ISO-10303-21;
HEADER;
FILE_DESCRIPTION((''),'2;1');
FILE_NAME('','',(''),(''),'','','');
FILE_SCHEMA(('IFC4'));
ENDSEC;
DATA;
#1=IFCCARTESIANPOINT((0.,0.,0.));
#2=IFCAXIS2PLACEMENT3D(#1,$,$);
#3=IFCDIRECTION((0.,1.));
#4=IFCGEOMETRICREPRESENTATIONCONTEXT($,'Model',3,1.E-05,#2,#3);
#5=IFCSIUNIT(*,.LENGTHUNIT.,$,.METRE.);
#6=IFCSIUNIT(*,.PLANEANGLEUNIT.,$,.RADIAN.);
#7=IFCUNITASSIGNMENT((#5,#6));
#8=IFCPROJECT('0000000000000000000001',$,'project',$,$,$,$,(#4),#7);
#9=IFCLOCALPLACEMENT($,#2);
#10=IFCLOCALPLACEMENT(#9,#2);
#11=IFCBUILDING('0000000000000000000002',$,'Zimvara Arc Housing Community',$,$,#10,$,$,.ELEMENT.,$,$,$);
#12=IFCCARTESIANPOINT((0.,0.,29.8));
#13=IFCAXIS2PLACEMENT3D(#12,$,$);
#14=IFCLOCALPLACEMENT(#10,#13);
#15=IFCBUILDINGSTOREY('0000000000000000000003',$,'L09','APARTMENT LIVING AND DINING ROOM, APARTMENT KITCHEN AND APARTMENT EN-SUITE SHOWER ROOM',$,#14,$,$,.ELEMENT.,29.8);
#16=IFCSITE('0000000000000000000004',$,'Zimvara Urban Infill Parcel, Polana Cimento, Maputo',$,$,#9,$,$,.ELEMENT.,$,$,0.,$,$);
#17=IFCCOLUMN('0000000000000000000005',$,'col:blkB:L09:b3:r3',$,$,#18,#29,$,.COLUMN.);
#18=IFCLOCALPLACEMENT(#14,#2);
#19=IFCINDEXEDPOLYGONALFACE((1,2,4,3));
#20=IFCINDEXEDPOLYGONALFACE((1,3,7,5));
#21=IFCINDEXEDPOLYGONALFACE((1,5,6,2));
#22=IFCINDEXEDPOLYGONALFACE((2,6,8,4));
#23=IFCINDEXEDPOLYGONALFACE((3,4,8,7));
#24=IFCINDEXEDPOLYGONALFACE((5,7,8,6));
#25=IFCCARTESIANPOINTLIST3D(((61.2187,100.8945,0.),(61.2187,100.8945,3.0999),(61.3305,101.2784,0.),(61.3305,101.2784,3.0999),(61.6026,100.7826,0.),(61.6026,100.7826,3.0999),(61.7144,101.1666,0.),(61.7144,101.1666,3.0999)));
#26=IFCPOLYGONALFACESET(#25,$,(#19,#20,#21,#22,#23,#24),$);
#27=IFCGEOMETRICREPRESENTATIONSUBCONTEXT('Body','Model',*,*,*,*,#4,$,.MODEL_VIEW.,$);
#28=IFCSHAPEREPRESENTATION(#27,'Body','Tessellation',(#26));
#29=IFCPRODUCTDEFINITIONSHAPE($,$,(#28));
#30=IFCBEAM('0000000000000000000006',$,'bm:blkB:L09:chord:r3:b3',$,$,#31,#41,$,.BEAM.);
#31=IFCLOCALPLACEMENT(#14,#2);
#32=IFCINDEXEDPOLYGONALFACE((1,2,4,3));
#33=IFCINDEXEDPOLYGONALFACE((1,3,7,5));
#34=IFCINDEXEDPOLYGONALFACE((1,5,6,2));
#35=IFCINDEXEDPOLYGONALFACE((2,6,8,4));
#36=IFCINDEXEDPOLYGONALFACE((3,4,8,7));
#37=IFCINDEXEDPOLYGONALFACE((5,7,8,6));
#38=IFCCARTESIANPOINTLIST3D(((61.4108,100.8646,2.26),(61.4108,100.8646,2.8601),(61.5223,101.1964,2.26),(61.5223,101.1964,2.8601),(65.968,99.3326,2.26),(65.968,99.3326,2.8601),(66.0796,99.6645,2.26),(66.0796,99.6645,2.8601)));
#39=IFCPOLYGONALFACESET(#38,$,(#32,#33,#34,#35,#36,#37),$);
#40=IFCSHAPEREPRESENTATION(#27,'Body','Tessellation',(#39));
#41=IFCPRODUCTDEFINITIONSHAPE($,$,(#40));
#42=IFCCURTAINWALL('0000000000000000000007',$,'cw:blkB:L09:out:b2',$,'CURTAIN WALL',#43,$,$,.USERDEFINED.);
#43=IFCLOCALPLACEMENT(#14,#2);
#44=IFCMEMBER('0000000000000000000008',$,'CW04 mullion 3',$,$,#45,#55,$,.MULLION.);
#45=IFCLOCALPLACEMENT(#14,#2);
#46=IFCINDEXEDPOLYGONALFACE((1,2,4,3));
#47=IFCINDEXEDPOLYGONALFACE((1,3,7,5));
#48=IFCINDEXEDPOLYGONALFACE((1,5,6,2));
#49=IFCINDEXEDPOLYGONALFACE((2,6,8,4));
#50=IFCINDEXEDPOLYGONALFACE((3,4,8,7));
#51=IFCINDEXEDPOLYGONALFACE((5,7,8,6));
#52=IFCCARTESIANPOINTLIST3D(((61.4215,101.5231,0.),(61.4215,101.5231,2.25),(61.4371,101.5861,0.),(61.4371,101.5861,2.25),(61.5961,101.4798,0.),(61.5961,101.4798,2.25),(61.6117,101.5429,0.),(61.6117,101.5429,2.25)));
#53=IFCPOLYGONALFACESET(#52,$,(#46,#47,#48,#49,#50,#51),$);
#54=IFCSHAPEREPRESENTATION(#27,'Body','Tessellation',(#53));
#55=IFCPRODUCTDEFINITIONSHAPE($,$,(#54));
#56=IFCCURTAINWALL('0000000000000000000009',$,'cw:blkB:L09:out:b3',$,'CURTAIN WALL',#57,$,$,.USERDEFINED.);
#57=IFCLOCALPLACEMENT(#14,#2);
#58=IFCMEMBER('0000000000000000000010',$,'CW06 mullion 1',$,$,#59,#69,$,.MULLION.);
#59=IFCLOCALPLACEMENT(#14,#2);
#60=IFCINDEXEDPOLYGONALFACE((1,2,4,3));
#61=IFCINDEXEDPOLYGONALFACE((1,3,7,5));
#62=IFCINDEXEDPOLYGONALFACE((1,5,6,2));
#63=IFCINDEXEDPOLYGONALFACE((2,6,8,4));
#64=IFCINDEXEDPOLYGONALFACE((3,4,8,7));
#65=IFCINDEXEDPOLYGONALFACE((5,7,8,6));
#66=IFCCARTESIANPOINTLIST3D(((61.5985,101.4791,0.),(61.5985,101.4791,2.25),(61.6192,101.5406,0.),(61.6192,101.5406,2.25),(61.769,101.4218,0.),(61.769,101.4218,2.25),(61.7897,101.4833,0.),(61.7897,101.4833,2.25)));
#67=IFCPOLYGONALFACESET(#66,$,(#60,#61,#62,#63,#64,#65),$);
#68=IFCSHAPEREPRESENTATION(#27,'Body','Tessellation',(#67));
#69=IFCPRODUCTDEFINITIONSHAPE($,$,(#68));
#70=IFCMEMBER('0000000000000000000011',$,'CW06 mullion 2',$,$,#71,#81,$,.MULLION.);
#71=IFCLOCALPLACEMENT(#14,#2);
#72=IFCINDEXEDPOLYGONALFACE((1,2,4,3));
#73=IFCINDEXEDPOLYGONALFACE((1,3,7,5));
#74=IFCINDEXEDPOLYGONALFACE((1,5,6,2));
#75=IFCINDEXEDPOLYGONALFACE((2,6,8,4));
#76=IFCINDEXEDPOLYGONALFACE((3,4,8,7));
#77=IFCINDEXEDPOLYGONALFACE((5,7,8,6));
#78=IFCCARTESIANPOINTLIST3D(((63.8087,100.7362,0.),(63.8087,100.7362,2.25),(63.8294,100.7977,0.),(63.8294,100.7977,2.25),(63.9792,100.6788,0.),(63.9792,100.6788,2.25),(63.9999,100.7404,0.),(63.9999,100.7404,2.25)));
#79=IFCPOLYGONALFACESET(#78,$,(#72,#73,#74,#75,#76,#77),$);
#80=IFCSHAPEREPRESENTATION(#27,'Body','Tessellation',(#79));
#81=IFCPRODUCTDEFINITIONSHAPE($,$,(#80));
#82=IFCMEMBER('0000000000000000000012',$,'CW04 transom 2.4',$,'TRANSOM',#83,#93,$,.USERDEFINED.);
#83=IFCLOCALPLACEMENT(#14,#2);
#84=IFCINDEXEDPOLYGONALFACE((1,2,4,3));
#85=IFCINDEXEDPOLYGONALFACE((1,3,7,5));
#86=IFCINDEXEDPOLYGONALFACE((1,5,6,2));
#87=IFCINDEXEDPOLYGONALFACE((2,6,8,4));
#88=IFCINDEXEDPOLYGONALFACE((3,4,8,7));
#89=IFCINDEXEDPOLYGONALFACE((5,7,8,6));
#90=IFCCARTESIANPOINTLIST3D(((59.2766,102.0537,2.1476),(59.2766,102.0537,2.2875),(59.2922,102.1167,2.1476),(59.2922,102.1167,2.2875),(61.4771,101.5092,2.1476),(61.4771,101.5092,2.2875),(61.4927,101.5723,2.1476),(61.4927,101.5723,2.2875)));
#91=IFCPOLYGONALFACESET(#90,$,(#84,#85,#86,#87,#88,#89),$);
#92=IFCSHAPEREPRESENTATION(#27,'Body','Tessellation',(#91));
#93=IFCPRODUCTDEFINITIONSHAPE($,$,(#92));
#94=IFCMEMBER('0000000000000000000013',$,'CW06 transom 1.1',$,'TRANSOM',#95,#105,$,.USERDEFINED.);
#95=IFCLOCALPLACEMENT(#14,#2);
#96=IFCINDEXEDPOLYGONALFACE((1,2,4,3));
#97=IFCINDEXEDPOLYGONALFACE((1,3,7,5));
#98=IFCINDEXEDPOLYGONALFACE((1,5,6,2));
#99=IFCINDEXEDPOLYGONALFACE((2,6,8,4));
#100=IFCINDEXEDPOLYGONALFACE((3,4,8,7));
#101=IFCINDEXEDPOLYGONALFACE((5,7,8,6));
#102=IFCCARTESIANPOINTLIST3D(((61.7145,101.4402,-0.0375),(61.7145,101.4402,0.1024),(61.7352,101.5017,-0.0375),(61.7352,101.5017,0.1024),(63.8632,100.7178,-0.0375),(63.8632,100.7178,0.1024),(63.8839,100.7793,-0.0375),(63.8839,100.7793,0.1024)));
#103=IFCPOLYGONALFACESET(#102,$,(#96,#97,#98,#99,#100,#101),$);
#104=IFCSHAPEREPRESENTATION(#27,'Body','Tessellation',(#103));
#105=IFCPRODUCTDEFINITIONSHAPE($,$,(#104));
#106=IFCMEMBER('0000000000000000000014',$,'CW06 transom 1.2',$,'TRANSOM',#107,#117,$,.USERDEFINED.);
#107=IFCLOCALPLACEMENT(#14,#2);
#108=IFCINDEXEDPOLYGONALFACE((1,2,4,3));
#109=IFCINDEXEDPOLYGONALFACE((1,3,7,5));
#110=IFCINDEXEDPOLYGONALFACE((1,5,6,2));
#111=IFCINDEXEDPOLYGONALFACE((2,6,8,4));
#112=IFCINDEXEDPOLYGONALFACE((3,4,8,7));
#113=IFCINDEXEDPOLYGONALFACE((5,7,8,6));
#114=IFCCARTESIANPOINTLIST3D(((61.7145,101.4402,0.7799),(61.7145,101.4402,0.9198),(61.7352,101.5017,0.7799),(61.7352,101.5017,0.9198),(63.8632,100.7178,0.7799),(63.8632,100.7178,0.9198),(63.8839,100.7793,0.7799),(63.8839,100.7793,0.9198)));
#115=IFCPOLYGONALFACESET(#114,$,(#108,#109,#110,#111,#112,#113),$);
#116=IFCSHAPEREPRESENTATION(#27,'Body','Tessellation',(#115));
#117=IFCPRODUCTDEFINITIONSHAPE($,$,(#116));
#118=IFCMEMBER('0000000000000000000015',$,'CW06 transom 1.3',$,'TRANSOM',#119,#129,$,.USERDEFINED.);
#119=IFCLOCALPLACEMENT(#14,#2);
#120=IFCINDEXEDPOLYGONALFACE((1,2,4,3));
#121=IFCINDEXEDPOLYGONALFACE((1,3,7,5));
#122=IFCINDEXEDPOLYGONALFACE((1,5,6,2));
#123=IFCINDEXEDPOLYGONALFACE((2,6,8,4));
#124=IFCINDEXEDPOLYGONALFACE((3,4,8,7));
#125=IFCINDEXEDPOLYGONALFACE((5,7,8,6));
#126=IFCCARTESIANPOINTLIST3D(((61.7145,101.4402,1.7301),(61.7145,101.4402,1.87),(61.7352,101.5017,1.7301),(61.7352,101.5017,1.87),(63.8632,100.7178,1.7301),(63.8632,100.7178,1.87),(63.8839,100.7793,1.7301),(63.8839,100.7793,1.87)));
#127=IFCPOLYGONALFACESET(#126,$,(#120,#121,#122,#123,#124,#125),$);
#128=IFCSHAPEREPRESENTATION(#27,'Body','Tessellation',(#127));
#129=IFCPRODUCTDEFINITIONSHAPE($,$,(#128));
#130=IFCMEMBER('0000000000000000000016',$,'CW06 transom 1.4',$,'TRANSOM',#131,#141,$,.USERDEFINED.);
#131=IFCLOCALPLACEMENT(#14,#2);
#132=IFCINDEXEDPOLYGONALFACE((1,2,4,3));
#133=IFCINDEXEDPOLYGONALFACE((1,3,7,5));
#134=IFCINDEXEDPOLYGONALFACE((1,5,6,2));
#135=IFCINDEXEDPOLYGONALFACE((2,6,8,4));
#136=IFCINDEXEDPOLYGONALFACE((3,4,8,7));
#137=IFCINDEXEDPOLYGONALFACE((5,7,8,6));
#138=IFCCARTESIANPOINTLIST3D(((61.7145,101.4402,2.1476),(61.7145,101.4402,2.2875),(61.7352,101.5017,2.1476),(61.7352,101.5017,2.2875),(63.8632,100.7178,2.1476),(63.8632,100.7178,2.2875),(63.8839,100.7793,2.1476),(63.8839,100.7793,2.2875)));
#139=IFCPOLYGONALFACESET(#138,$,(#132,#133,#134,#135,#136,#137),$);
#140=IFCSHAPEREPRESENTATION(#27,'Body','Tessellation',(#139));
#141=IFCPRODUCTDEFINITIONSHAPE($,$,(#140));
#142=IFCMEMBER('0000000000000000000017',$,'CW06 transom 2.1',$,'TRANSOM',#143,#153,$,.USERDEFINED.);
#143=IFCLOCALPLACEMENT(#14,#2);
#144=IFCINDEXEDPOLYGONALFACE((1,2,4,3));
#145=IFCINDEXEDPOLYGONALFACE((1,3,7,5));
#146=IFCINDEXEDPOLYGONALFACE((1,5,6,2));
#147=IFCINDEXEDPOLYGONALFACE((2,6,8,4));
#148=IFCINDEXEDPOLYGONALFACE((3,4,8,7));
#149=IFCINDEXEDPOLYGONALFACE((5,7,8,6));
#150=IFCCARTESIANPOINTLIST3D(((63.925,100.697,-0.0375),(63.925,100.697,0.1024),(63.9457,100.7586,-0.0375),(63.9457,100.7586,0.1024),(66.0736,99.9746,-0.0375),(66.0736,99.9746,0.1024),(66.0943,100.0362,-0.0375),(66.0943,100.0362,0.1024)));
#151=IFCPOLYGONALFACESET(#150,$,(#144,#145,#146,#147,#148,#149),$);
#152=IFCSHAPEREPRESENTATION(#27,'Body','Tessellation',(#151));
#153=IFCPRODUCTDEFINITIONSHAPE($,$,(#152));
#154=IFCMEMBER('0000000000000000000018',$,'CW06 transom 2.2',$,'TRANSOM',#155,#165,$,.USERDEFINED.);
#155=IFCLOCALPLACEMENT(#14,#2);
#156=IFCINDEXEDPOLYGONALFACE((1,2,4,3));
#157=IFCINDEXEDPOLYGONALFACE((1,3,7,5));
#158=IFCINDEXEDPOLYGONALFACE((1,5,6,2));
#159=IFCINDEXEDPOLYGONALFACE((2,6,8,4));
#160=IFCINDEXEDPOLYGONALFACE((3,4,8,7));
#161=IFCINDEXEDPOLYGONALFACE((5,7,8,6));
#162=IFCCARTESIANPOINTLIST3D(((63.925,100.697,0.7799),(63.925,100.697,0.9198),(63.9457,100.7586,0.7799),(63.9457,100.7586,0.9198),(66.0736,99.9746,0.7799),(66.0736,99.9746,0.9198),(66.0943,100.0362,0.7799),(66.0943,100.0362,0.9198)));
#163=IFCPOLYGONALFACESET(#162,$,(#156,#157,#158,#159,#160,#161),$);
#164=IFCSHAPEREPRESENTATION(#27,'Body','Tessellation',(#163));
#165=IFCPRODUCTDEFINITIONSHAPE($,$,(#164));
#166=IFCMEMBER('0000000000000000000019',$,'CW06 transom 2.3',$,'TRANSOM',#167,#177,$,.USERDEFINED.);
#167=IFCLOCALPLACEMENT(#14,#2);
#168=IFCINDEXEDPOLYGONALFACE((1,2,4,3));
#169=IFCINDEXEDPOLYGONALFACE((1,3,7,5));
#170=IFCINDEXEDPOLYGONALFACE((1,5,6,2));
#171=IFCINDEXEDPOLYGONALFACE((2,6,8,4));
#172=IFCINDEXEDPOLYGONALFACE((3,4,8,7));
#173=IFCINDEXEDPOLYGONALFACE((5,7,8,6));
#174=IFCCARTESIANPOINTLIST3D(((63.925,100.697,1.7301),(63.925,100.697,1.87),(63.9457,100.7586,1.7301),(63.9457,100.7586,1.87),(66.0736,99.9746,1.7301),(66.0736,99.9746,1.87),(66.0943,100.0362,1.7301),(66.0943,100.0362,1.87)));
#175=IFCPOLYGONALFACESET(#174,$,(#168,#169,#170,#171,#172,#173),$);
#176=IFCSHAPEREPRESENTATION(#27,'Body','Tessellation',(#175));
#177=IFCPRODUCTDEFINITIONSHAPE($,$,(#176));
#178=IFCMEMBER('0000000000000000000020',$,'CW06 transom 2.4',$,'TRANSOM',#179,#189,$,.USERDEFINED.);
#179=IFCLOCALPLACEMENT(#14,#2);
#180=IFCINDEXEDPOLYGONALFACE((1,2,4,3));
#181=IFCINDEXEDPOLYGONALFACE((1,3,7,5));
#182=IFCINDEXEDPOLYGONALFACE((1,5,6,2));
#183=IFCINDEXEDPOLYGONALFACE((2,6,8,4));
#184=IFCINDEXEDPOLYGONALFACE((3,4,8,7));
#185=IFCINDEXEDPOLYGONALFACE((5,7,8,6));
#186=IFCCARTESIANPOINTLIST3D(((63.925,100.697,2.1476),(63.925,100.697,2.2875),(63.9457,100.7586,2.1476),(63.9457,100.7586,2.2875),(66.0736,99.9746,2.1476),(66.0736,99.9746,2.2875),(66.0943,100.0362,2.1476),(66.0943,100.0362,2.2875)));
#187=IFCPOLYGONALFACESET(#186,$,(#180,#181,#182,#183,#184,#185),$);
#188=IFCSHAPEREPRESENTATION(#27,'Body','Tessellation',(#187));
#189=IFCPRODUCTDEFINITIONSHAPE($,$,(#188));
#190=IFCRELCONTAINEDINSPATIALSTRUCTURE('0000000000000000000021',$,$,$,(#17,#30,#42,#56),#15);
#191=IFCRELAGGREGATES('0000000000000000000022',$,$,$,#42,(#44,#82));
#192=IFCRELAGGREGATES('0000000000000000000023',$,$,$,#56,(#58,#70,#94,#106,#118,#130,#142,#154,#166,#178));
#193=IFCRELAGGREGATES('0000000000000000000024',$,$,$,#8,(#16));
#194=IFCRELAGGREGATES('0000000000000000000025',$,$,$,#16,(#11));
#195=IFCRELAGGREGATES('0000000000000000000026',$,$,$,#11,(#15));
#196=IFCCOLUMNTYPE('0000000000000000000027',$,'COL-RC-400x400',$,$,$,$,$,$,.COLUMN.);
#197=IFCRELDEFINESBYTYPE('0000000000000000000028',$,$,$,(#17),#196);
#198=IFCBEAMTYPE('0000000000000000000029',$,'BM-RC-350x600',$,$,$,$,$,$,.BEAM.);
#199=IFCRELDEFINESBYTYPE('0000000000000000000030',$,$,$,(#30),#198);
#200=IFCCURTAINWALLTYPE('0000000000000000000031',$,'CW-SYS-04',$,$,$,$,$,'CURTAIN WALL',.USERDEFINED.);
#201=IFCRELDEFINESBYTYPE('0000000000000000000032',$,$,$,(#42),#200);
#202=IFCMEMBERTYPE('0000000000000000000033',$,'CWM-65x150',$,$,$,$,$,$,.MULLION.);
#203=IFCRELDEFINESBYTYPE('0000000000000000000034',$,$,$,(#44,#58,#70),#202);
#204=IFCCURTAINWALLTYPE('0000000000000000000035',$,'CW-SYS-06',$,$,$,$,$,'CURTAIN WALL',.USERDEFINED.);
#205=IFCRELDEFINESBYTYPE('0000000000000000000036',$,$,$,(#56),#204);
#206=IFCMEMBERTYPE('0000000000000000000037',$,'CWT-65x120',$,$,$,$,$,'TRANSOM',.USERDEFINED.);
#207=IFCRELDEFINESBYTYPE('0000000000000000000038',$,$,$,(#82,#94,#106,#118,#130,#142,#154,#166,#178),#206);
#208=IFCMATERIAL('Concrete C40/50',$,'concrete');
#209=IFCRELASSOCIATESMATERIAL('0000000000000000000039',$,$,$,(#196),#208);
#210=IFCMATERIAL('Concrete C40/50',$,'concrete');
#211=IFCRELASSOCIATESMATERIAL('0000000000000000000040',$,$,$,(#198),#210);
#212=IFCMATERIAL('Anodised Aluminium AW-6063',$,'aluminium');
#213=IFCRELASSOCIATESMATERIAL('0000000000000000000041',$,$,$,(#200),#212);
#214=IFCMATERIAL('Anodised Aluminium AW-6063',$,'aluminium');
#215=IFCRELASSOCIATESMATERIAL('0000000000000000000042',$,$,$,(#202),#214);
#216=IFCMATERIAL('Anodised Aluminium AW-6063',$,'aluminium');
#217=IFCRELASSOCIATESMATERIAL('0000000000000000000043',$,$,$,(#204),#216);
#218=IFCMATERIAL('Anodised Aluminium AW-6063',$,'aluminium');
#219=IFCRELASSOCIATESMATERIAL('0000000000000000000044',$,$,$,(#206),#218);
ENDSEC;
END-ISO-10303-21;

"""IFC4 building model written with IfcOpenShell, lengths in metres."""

from ifc_helpers import new_model, si_unit, direction, frame, origin, origin_2d, place, context, subcontext, project, spatial, rectangle, extrude, material, material_profile, profile_set, type_object, element, aggregate, save


model = new_model("IFC4")

# Units and contexts
model_context = context("Model", 3, precision=1e-05, world=origin(), true_north=direction((0.0, 1.0)))
body_context = subcontext(model_context, "Body", "Model", "MODEL_VIEW")
ifc_project = project(units=[si_unit("LENGTHUNIT", "METRE"), si_unit("PLANEANGLEUNIT", "RADIAN")], contexts=[model_context])

# Site, building, storey
site_placement = place(None, origin())
site = spatial("IfcSite", under=ifc_project, at=site_placement, Name="Zimvara Urban Infill Parcel, Polana Cimento, Maputo", CompositionType="ELEMENT", RefElevation=0.0)
building_placement = place(site_placement, origin())
building = spatial("IfcBuilding", under=site, at=building_placement, Name="Zimvara Arc Housing Community", CompositionType="ELEMENT")
storey_placement = place(building_placement, frame((0.0, 0.0, 29.8)))
storey = spatial("IfcBuildingStorey", under=building, at=storey_placement, Name="L09", Description="APARTMENT LIVING AND DINING ROOM, APARTMENT KITCHEN AND APARTMENT EN-SUITE SHOWER ROOM", CompositionType="ELEMENT", Elevation=29.8)

# Column
ifc_material_1 = material(Name="Concrete C40/50", Category="concrete")
ifc_material_profile_1 = material_profile(ifc_material_1, rectangle(XDim=0.3999, YDim=0.3999, at=origin_2d()), Name="RC 400x400")
ifc_profile_set_1 = profile_set([ifc_material_profile_1], Name="Concrete C40/50")
column_type = type_object("IfcColumnType", Name="COL-RC-400x400", PredefinedType="COLUMN", material=ifc_profile_set_1)
column_placement = place(storey_placement, frame((61.4666, 101.0305, 0.0), z_axis=(0.0, 0.0, 1.0), x_axis=(0.279661, 0.960099, 0.0)))
element("IfcColumn", 1, at=column_placement, inside=storey, type_object=column_type, Name="col:blkB:L09:b3:r3", PredefinedType="COLUMN", context=body_context, shape_type="SweptSolid", body=[
    extrude(rectangle(XDim=0.3999, YDim=0.3999, at=origin_2d()), origin(), (0.0, 0.0, 1.0), 3.0999),
])

# Beam
ifc_material_2 = material(Name="Concrete C40/50", Category="concrete")
ifc_material_profile_2 = material_profile(ifc_material_2, rectangle(XDim=0.3501, YDim=0.6001, at=origin_2d()), Name="RC 350x600")
ifc_profile_set_2 = profile_set([ifc_material_profile_2], Name="Concrete C40/50")
beam_type = type_object("IfcBeamType", Name="BM-RC-350x600", PredefinedType="BEAM", material=ifc_profile_set_2)
beam_placement = place(storey_placement, frame((61.4666, 101.0305, 2.5601), z_axis=(0.947878, -0.318634, 0.0), x_axis=(0.318634, 0.947878, 0.0)))
element("IfcBeam", 2, at=beam_placement, inside=storey, type_object=beam_type, Name="bm:blkB:L09:chord:r3:b3", PredefinedType="BEAM", context=body_context, shape_type="SweptSolid", body=[
    extrude(rectangle(XDim=0.3501, YDim=0.6001, at=origin_2d()), origin(), (0.0, 0.0, 1.0), 4.8079),
])

# Curtain wall, member
ifc_material_3 = material(Name="Anodised Aluminium AW-6063", Category="aluminium")
curtain_wall_type_1 = type_object("IfcCurtainWallType", Name="CW-SYS-04", ElementType="CURTAIN WALL", PredefinedType="USERDEFINED", material=ifc_material_3)
curtain_wall_1_placement = place(storey_placement, origin())
curtain_wall_1 = element("IfcCurtainWall", 3, at=curtain_wall_1_placement, inside=storey, type_object=curtain_wall_type_1, Name="cw:blkB:L09:out:b2", ObjectType="CURTAIN WALL", PredefinedType="USERDEFINED")
ifc_material_4 = material(Name="Anodised Aluminium AW-6063", Category="aluminium")
ifc_material_profile_3 = material_profile(ifc_material_4, rectangle(XDim=0.0649, YDim=0.1799, at=origin_2d()), Name="ALU 65x180")
ifc_profile_set_3 = profile_set([ifc_material_profile_3], Name="Anodised Aluminium AW-6063")
member_type_1 = type_object("IfcMemberType", Name="CWM-65x150", PredefinedType="MULLION", material=ifc_profile_set_3)
member_1_placement = place(storey_placement, frame((61.5166, 101.533, 0.0), z_axis=(0.0, 0.0, 1.0), x_axis=(0.24023, 0.970716, 0.0)))
member_1 = element("IfcMember", 4, at=member_1_placement, type_object=member_type_1, Name="CW04 mullion 3", PredefinedType="MULLION", context=body_context, shape_type="SweptSolid", body=[
    extrude(rectangle(XDim=0.0649, YDim=0.1799, at=origin_2d()), origin(), (0.0, 0.0, 1.0), 2.25),
])

# Curtain wall, members
ifc_material_5 = material(Name="Anodised Aluminium AW-6063", Category="aluminium")
curtain_wall_type_2 = type_object("IfcCurtainWallType", Name="CW-SYS-06", ElementType="CURTAIN WALL", PredefinedType="USERDEFINED", material=ifc_material_5)
curtain_wall_2_placement = place(storey_placement, origin())
curtain_wall_2 = element("IfcCurtainWall", 5, at=curtain_wall_2_placement, inside=storey, type_object=curtain_wall_type_2, Name="cw:blkB:L09:out:b3", ObjectType="CURTAIN WALL", PredefinedType="USERDEFINED")
member_2_placement = place(storey_placement, frame((61.6941, 101.4812, 0.0), z_axis=(0.0, 0.0, 1.0), x_axis=(0.318629, 0.94788, 0.0)))
member_2 = element("IfcMember", 6, at=member_2_placement, type_object=member_type_1, Name="CW06 mullion 1", PredefinedType="MULLION", context=body_context, shape_type="SweptSolid", body=[
    extrude(rectangle(XDim=0.0649, YDim=0.1799, at=origin_2d()), origin(), (0.0, 0.0, 1.0), 2.25),
])
member_3_placement = place(storey_placement, frame((63.9043, 100.7383, 0.0), z_axis=(0.0, 0.0, 1.0), x_axis=(0.318629, 0.94788, 0.0)))
member_3 = element("IfcMember", 7, at=member_3_placement, type_object=member_type_1, Name="CW06 mullion 2", PredefinedType="MULLION", context=body_context, shape_type="SweptSolid", body=[
    extrude(rectangle(XDim=0.0649, YDim=0.1799, at=origin_2d()), origin(), (0.0, 0.0, 1.0), 2.25),
])

# Members
ifc_material_6 = material(Name="Anodised Aluminium AW-6063", Category="aluminium")
ifc_material_profile_4 = material_profile(ifc_material_6, rectangle(XDim=0.0649, YDim=0.1399, at=origin_2d()), Name="ALU 65x140")
ifc_profile_set_4 = profile_set([ifc_material_profile_4], Name="Anodised Aluminium AW-6063")
member_type_2 = type_object("IfcMemberType", Name="CWT-65x120", ElementType="TRANSOM", PredefinedType="USERDEFINED", material=ifc_profile_set_4)
member_4_placement = place(storey_placement, frame((59.2844, 102.0852, 2.2175), z_axis=(0.970729, -0.240178, 0.0), x_axis=(0.240178, 0.970729, 0.0)))
member_4 = element("IfcMember", 8, at=member_4_placement, type_object=member_type_2, Name="CW04 transom 2.4", ObjectType="TRANSOM", PredefinedType="USERDEFINED", context=body_context, shape_type="SweptSolid", body=[
    extrude(rectangle(XDim=0.0649, YDim=0.1399, at=origin_2d()), origin(), (0.0, 0.0, 1.0), 2.2668),
])
member_5_placement = place(storey_placement, frame((61.7249, 101.4709, 0.0325), z_axis=(0.947862, -0.318682, 0.0), x_axis=(0.318682, 0.947862, 0.0)))
member_5 = element("IfcMember", 9, at=member_5_placement, type_object=member_type_2, Name="CW06 transom 1.1", ObjectType="TRANSOM", PredefinedType="USERDEFINED", context=body_context, shape_type="SweptSolid", body=[
    extrude(rectangle(XDim=0.0649, YDim=0.1399, at=origin_2d()), origin(), (0.0, 0.0, 1.0), 2.2668),
])
member_6_placement = place(storey_placement, frame((61.7249, 101.4709, 0.8499), z_axis=(0.947862, -0.318682, 0.0), x_axis=(0.318682, 0.947862, 0.0)))
member_6 = element("IfcMember", 10, at=member_6_placement, type_object=member_type_2, Name="CW06 transom 1.2", ObjectType="TRANSOM", PredefinedType="USERDEFINED", context=body_context, shape_type="SweptSolid", body=[
    extrude(rectangle(XDim=0.0649, YDim=0.1399, at=origin_2d()), origin(), (0.0, 0.0, 1.0), 2.2668),
])
member_7_placement = place(storey_placement, frame((61.7249, 101.4709, 1.8), z_axis=(0.947862, -0.318682, 0.0), x_axis=(0.318682, 0.947862, 0.0)))
member_7 = element("IfcMember", 11, at=member_7_placement, type_object=member_type_2, Name="CW06 transom 1.3", ObjectType="TRANSOM", PredefinedType="USERDEFINED", context=body_context, shape_type="SweptSolid", body=[
    extrude(rectangle(XDim=0.0649, YDim=0.1399, at=origin_2d()), origin(), (0.0, 0.0, 1.0), 2.2668),
])
member_8_placement = place(storey_placement, frame((61.7249, 101.4709, 2.2175), z_axis=(0.947862, -0.318682, 0.0), x_axis=(0.318682, 0.947862, 0.0)))
member_8 = element("IfcMember", 12, at=member_8_placement, type_object=member_type_2, Name="CW06 transom 1.4", ObjectType="TRANSOM", PredefinedType="USERDEFINED", context=body_context, shape_type="SweptSolid", body=[
    extrude(rectangle(XDim=0.0649, YDim=0.1399, at=origin_2d()), origin(), (0.0, 0.0, 1.0), 2.2668),
])
member_9_placement = place(storey_placement, frame((63.9353, 100.7278, 0.0325), z_axis=(0.947862, -0.318682, 0.0), x_axis=(0.318682, 0.947862, 0.0)))
member_9 = element("IfcMember", 13, at=member_9_placement, type_object=member_type_2, Name="CW06 transom 2.1", ObjectType="TRANSOM", PredefinedType="USERDEFINED", context=body_context, shape_type="SweptSolid", body=[
    extrude(rectangle(XDim=0.0649, YDim=0.1399, at=origin_2d()), origin(), (0.0, 0.0, 1.0), 2.2668),
])
member_10_placement = place(storey_placement, frame((63.9353, 100.7278, 0.8499), z_axis=(0.947862, -0.318682, 0.0), x_axis=(0.318682, 0.947862, 0.0)))
member_10 = element("IfcMember", 14, at=member_10_placement, type_object=member_type_2, Name="CW06 transom 2.2", ObjectType="TRANSOM", PredefinedType="USERDEFINED", context=body_context, shape_type="SweptSolid", body=[
    extrude(rectangle(XDim=0.0649, YDim=0.1399, at=origin_2d()), origin(), (0.0, 0.0, 1.0), 2.2668),
])
member_11_placement = place(storey_placement, frame((63.9353, 100.7278, 1.8), z_axis=(0.947862, -0.318682, 0.0), x_axis=(0.318682, 0.947862, 0.0)))
member_11 = element("IfcMember", 15, at=member_11_placement, type_object=member_type_2, Name="CW06 transom 2.3", ObjectType="TRANSOM", PredefinedType="USERDEFINED", context=body_context, shape_type="SweptSolid", body=[
    extrude(rectangle(XDim=0.0649, YDim=0.1399, at=origin_2d()), origin(), (0.0, 0.0, 1.0), 2.2668),
])
member_12_placement = place(storey_placement, frame((63.9353, 100.7278, 2.2175), z_axis=(0.947862, -0.318682, 0.0), x_axis=(0.318682, 0.947862, 0.0)))
member_12 = element("IfcMember", 16, at=member_12_placement, type_object=member_type_2, Name="CW06 transom 2.4", ObjectType="TRANSOM", PredefinedType="USERDEFINED", context=body_context, shape_type="SweptSolid", body=[
    extrude(rectangle(XDim=0.0649, YDim=0.1399, at=origin_2d()), origin(), (0.0, 0.0, 1.0), 2.2668),
])

aggregate(curtain_wall_1, [member_1, member_4])
aggregate(curtain_wall_2, [member_2, member_3, member_5, member_6, member_7, member_8, member_9, member_10, member_11, member_12])

save(model, "model.ifc")
